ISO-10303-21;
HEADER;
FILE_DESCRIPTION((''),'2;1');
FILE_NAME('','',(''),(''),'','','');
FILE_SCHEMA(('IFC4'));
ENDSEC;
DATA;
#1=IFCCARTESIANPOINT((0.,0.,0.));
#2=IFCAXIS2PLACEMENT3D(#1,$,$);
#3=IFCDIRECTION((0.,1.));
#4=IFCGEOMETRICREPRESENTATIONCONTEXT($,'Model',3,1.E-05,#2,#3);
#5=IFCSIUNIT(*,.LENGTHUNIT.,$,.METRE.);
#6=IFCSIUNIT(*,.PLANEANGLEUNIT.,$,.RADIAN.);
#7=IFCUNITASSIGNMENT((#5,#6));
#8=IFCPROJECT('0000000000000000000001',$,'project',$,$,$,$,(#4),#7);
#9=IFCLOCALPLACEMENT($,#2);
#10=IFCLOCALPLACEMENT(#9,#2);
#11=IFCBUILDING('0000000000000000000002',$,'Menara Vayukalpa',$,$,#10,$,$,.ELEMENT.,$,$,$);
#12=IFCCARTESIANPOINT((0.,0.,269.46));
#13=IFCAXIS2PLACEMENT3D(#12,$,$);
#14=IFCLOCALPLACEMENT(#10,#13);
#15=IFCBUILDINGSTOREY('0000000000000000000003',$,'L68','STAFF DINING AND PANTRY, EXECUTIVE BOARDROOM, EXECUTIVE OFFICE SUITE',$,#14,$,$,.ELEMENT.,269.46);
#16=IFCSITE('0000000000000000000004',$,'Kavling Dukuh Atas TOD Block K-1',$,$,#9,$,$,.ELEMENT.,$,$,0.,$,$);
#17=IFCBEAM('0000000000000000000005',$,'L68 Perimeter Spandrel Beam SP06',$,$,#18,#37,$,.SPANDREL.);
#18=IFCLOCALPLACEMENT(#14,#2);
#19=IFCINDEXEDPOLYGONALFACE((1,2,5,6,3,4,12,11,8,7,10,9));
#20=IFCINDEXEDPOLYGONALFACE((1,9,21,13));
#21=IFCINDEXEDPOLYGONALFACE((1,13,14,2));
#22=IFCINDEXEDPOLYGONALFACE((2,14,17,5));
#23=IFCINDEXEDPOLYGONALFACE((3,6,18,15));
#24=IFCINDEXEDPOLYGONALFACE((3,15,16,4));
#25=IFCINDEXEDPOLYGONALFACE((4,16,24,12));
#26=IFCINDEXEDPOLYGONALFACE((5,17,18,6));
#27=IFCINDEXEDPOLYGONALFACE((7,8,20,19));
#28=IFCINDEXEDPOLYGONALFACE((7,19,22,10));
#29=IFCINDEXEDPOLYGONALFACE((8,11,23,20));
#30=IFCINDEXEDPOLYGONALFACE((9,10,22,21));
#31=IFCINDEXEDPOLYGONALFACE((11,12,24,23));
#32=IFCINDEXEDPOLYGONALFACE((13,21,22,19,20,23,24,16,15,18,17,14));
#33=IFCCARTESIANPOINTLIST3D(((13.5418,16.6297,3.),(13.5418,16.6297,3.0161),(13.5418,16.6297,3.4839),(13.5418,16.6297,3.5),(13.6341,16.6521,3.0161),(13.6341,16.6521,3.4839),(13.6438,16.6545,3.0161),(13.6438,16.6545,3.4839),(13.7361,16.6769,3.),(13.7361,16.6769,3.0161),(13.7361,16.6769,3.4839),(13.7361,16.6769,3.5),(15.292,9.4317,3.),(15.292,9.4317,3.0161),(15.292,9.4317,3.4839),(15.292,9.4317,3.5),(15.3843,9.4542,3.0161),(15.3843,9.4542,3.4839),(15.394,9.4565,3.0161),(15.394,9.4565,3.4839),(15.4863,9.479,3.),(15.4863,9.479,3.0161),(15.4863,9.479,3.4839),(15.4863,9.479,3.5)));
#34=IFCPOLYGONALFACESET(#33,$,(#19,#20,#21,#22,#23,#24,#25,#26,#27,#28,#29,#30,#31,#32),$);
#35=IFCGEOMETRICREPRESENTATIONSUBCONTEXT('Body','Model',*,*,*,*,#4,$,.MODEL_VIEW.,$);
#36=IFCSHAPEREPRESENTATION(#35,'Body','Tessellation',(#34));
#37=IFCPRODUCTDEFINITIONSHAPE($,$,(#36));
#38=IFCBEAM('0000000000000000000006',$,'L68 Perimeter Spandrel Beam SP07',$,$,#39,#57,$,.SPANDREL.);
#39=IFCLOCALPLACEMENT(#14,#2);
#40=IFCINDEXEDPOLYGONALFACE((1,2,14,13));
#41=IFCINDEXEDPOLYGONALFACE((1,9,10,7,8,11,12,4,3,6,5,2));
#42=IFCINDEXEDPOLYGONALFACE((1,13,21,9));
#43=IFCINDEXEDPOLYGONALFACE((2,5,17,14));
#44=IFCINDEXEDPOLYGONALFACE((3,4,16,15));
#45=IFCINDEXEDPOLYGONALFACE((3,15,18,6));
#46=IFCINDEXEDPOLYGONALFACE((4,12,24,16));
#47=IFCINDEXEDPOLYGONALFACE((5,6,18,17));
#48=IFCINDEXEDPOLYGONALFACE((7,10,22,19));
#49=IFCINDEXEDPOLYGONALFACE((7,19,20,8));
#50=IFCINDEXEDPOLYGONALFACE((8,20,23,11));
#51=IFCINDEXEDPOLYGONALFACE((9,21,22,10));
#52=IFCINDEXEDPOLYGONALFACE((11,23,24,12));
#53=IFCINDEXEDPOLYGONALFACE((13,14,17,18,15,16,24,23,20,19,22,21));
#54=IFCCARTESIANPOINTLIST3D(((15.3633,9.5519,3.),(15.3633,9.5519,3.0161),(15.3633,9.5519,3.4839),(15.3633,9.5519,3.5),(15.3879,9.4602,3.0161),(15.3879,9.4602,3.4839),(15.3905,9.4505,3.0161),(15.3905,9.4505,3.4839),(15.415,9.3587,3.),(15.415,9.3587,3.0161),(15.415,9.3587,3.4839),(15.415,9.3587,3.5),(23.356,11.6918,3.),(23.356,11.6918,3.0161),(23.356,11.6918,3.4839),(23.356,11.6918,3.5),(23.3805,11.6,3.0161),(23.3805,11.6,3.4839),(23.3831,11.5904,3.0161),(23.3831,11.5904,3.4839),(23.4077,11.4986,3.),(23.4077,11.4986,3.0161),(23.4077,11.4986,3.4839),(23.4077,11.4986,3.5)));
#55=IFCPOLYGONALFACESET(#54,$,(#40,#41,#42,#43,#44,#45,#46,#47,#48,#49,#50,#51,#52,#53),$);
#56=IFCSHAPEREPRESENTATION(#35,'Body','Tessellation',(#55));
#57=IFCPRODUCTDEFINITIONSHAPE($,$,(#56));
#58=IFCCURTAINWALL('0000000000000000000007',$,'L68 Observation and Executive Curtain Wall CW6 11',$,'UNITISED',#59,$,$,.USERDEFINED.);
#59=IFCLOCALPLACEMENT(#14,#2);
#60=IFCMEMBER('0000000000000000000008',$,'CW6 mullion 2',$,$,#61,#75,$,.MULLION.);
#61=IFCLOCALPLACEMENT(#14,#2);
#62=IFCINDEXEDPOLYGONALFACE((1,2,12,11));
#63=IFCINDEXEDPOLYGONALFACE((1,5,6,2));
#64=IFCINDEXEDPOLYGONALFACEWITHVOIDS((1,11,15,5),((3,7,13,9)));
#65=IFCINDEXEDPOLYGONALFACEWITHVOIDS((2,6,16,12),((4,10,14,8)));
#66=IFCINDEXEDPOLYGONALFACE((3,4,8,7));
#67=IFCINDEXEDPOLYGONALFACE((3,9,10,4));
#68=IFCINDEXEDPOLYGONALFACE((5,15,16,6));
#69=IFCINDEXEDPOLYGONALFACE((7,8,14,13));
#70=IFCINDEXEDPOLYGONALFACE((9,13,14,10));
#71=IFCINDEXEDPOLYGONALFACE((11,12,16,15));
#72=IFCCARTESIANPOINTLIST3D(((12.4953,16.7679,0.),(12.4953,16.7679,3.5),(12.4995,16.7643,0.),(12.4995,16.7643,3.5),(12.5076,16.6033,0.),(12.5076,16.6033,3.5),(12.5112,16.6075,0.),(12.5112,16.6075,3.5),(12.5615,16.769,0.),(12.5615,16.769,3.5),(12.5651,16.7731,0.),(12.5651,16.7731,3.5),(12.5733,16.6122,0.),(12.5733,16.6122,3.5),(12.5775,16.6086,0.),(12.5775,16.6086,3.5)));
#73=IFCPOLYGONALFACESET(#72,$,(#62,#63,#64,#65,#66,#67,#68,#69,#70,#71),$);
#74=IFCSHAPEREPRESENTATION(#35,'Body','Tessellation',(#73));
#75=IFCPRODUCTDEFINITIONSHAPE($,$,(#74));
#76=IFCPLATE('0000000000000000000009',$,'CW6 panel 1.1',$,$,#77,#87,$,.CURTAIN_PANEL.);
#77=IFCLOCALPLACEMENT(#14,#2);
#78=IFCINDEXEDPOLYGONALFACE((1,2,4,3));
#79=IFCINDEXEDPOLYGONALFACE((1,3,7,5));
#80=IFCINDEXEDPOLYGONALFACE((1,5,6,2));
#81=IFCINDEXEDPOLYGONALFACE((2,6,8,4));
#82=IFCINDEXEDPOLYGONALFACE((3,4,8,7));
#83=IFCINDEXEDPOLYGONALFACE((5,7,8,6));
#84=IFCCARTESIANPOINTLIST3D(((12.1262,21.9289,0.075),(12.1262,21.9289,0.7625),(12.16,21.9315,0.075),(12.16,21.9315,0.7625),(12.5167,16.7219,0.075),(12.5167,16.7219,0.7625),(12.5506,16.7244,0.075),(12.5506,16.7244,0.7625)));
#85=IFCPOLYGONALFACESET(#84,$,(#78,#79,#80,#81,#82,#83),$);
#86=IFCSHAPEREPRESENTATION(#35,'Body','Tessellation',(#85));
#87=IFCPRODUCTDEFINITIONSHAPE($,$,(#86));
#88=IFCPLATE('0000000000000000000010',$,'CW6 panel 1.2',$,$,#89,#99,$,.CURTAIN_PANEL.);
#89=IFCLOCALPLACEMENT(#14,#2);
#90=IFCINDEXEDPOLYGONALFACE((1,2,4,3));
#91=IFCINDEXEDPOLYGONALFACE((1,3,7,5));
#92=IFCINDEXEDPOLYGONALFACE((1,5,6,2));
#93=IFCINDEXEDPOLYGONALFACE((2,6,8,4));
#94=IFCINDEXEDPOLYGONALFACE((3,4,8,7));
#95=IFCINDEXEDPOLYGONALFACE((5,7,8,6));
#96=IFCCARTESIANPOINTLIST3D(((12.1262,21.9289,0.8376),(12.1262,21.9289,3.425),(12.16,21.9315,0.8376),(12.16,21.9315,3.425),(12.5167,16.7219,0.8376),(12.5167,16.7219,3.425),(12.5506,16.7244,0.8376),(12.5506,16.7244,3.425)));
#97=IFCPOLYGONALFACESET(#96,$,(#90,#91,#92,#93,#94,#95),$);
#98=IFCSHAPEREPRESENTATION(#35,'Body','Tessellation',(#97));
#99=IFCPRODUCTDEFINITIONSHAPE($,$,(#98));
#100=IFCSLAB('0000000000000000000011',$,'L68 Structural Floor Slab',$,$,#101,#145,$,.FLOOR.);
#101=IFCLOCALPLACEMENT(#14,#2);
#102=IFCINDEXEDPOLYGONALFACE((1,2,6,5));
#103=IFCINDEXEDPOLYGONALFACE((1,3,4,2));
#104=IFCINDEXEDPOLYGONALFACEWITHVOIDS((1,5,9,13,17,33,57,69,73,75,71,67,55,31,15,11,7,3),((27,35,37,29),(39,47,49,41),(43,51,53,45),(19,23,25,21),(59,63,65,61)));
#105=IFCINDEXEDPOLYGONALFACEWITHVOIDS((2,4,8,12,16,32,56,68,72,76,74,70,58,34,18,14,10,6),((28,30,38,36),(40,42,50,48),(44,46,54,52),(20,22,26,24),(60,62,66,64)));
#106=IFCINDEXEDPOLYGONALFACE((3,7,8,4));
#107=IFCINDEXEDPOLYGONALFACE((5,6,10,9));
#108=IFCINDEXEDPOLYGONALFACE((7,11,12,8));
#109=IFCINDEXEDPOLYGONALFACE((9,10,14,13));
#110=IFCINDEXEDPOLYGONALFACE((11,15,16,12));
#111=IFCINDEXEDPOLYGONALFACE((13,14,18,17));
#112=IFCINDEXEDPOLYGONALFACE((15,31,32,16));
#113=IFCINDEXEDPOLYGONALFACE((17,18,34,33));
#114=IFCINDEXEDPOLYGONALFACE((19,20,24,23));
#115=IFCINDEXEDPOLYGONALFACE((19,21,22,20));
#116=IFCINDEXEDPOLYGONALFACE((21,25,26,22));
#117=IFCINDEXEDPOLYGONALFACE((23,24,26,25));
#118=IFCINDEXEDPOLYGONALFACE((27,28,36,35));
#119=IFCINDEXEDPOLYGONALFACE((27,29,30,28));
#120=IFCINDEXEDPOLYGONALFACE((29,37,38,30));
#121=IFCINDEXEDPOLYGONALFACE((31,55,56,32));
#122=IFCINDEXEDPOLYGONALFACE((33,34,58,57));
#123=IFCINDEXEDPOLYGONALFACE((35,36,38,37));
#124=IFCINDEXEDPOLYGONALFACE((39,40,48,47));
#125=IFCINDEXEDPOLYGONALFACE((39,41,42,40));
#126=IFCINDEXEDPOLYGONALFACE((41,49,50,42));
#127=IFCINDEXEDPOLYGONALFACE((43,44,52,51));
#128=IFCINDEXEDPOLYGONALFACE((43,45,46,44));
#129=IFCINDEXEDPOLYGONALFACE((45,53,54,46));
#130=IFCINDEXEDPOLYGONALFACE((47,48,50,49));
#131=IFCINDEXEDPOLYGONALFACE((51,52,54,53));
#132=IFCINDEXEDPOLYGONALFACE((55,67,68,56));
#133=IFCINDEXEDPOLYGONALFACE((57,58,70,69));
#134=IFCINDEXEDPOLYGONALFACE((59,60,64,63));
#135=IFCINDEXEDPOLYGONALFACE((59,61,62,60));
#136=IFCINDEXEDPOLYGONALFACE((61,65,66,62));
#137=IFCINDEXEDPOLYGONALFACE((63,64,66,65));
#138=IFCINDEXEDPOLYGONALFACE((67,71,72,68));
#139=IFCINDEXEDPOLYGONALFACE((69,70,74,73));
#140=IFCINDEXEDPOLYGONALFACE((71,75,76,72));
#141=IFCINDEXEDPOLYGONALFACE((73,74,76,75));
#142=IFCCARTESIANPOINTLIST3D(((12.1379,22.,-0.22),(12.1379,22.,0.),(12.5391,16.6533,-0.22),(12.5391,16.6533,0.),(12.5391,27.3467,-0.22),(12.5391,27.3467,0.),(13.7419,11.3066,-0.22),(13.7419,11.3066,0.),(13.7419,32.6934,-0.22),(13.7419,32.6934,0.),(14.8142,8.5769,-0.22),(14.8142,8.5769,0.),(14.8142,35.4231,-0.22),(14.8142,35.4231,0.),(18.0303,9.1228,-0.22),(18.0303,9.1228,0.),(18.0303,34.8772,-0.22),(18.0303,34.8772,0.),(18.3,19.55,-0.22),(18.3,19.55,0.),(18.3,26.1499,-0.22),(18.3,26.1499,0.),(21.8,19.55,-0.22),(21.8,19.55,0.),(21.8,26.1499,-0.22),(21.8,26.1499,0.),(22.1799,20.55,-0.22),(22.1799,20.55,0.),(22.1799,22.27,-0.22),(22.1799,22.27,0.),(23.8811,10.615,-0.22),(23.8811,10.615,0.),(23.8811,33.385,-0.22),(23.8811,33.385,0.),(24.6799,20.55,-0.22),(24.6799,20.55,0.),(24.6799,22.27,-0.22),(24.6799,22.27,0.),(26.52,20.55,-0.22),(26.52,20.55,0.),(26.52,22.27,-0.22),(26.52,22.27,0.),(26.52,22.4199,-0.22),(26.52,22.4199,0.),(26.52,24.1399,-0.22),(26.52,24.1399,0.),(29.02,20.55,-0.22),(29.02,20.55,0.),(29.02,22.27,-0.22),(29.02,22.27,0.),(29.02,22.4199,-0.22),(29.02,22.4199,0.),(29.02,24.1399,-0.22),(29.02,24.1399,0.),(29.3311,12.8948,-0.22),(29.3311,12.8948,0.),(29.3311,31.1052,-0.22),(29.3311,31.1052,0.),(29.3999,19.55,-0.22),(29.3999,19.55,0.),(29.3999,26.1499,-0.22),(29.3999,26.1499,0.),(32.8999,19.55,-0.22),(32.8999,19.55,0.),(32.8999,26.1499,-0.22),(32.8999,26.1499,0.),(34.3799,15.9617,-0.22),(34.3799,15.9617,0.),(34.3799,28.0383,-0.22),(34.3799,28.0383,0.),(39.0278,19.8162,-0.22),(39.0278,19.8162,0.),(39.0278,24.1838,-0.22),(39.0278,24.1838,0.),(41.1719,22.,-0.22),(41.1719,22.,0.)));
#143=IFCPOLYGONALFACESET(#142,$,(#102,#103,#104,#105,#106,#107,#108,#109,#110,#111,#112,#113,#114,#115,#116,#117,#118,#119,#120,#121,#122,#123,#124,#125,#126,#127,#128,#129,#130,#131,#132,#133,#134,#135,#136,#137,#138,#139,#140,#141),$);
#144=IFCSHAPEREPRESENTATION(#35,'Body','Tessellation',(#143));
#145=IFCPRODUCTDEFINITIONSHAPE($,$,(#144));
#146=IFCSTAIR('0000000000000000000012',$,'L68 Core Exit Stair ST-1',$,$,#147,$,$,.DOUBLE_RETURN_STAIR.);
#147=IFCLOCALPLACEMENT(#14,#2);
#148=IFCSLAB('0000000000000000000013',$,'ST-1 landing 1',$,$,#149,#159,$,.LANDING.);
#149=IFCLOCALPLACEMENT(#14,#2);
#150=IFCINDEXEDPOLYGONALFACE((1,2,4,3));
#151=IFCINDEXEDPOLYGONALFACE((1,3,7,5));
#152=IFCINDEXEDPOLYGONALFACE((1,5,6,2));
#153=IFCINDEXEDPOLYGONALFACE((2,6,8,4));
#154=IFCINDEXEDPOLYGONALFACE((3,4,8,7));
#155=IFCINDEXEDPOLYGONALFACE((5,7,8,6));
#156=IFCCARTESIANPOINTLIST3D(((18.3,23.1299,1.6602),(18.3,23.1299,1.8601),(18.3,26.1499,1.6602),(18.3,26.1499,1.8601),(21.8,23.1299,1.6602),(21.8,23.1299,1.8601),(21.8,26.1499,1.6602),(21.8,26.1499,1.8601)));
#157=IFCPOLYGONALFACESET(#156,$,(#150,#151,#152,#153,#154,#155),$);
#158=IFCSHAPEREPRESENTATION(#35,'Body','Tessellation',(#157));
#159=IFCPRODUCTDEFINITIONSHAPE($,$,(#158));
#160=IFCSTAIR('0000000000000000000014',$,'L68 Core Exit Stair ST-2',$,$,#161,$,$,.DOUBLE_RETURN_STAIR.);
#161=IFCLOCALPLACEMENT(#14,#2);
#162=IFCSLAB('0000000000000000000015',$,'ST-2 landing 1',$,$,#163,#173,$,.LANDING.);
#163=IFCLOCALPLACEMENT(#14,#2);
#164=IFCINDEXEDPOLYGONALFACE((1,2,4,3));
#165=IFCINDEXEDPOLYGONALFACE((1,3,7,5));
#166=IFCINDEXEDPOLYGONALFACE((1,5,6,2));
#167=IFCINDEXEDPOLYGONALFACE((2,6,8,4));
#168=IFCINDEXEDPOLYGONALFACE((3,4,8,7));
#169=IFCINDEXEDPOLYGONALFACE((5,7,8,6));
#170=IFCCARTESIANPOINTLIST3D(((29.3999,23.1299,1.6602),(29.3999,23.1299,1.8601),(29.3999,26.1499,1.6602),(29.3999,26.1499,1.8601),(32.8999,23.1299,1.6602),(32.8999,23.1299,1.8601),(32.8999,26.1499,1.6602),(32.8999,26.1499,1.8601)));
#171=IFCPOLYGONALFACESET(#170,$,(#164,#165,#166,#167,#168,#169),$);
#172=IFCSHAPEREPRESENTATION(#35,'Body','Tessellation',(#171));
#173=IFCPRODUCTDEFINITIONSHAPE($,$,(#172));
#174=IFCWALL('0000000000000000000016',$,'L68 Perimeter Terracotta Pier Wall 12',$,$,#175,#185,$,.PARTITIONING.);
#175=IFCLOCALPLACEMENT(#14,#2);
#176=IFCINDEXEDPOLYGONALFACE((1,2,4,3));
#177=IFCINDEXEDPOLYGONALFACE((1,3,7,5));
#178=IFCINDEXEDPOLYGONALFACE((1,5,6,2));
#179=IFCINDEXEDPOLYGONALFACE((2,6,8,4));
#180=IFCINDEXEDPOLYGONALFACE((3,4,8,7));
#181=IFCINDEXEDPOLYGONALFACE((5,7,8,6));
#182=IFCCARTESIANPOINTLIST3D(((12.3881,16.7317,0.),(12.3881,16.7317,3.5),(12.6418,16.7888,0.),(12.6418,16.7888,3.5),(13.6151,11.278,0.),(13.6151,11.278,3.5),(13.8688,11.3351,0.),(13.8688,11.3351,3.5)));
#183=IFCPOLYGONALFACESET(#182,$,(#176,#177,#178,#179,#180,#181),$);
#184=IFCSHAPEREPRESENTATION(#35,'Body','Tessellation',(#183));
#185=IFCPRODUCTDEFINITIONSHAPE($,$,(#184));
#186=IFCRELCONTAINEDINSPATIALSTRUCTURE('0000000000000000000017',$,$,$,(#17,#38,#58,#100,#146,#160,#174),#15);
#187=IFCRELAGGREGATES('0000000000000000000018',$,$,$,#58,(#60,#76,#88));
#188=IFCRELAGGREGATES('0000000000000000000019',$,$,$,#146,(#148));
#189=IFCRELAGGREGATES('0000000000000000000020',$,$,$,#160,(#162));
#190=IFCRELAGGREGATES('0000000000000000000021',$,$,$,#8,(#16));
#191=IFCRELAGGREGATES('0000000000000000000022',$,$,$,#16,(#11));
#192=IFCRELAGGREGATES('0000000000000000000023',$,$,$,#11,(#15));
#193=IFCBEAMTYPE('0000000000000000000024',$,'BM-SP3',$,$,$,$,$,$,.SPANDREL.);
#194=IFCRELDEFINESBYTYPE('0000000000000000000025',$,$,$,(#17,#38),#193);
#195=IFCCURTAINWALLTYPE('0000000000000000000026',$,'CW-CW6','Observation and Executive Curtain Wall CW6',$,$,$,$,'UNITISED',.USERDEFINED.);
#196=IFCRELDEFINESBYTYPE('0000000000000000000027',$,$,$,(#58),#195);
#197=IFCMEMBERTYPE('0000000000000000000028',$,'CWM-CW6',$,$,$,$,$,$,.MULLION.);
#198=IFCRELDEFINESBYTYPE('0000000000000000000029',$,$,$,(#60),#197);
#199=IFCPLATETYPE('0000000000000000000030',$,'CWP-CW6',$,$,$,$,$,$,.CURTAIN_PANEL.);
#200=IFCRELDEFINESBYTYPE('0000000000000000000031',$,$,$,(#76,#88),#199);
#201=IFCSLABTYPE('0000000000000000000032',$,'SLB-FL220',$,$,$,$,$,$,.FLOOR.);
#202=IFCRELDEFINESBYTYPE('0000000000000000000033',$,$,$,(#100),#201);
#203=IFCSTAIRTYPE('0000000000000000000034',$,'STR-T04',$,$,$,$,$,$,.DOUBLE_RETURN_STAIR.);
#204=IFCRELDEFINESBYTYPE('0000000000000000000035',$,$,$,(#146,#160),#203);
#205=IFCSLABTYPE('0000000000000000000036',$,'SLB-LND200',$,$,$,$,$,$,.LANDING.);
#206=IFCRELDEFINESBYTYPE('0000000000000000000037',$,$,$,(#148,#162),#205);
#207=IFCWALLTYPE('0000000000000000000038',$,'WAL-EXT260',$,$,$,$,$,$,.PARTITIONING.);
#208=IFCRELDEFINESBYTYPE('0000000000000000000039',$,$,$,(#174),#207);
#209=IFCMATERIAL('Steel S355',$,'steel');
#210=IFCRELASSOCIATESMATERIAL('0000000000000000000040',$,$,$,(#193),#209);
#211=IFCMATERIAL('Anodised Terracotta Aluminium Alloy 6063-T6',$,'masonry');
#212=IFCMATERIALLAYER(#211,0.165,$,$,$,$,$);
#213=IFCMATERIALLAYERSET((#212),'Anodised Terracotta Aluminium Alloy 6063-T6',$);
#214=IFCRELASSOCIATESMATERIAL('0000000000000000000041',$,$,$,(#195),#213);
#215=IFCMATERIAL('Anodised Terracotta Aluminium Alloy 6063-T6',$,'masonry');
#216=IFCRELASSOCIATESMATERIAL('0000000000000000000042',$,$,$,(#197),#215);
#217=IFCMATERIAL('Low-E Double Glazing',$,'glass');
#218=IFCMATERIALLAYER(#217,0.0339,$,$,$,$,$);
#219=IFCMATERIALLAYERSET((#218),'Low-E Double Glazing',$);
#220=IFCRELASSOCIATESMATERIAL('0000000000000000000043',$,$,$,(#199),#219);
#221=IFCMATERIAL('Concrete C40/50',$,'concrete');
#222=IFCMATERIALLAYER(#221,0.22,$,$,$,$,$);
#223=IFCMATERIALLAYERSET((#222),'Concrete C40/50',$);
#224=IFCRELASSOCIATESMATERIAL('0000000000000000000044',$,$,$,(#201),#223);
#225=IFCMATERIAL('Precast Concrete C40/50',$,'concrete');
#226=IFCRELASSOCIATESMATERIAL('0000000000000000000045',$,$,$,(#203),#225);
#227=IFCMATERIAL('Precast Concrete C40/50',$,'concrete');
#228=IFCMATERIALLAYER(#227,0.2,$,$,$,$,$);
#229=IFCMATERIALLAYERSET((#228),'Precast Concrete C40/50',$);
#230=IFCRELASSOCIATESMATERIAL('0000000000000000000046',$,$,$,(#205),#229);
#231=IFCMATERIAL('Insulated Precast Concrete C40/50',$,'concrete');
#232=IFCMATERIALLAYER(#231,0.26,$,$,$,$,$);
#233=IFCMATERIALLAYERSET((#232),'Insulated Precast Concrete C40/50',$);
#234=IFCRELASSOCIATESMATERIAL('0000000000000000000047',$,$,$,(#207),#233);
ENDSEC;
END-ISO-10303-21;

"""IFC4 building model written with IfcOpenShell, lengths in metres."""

from ifc_helpers import new_model, si_unit, direction, frame, frame_2d, origin, origin_2d, place, context, subcontext, project, spatial, polyline, rectangle, hollow_rectangle, i_section, outline, extrude, material, layer, layer_set, material_profile, profile_set, type_object, element, aggregate, save


model = new_model("IFC4")

# Units and contexts
model_context = context("Model", 3, precision=1e-05, world=origin(), true_north=direction((0.0, 1.0)))
body_context = subcontext(model_context, "Body", "Model", "MODEL_VIEW")
ifc_project = project(units=[si_unit("LENGTHUNIT", "METRE"), si_unit("PLANEANGLEUNIT", "RADIAN")], contexts=[model_context])

# Site, building, storey
site_placement = place(None, origin())
site = spatial("IfcSite", under=ifc_project, at=site_placement, Name="Kavling Dukuh Atas TOD Block K-1", CompositionType="ELEMENT", RefElevation=0.0)
building_placement = place(site_placement, origin())
building = spatial("IfcBuilding", under=site, at=building_placement, Name="Menara Vayukalpa", CompositionType="ELEMENT")
storey_placement = place(building_placement, frame((0.0, 0.0, 269.46)))
storey = spatial("IfcBuildingStorey", under=building, at=storey_placement, Name="L68", Description="STAFF DINING AND PANTRY, EXECUTIVE BOARDROOM, EXECUTIVE OFFICE SUITE", CompositionType="ELEMENT", Elevation=269.46)

# Beams
ifc_material_1 = material(Name="Steel S355", Category="steel")
ifc_material_profile_1 = material_profile(ifc_material_1, i_section(OverallWidth=0.2, OverallDepth=0.5, WebThickness=0.01, FlangeThickness=0.0161, at=origin_2d()), Name="WF 500x200x10x16")
ifc_profile_set_1 = profile_set([ifc_material_profile_1], Name="Steel S355")
beam_type_1 = type_object("IfcBeamType", Name="BM-SP3", PredefinedType="SPANDREL", material=ifc_profile_set_1)
beam_1_placement = place(storey_placement, frame((13.6389, 16.6533, 3.25), z_axis=(0.236273, -0.971687, 0.0), x_axis=(0.971687, 0.236273, 0.0)))
element("IfcBeam", 1, at=beam_1_placement, inside=storey, type_object=beam_type_1, Name="L68 Perimeter Spandrel Beam SP06", PredefinedType="SPANDREL", context=body_context, shape_type="SweptSolid", body=[
    extrude(i_section(OverallWidth=0.2, OverallDepth=0.5, WebThickness=0.01, FlangeThickness=0.0161, at=origin_2d()), origin(), (0.0, 0.0, 1.0), 7.4077),
])
beam_2_placement = place(storey_placement, frame((15.3892, 9.4553, 3.25), z_axis=(0.965978, 0.258623, 0.0), x_axis=(-0.258623, 0.965978, 0.0)))
element("IfcBeam", 2, at=beam_2_placement, inside=storey, type_object=beam_type_1, Name="L68 Perimeter Spandrel Beam SP07", PredefinedType="SPANDREL", context=body_context, shape_type="SweptSolid", body=[
    extrude(i_section(OverallWidth=0.2, OverallDepth=0.5, WebThickness=0.01, FlangeThickness=0.0161, at=origin_2d()), origin(), (0.0, 0.0, 1.0), 8.2742),
])

# Curtain wall, member, plates
ifc_material_2 = material(Name="Anodised Terracotta Aluminium Alloy 6063-T6", Category="masonry")
ifc_layer_1 = layer(ifc_material_2, 0.165)
ifc_layer_set_1 = layer_set([ifc_layer_1], Name="Anodised Terracotta Aluminium Alloy 6063-T6")
curtain_wall_type = type_object("IfcCurtainWallType", Name="CW-CW6", Description="Observation and Executive Curtain Wall CW6", ElementType="UNITISED", PredefinedType="USERDEFINED", material=ifc_layer_set_1)
curtain_wall_placement = place(storey_placement, origin())
curtain_wall = element("IfcCurtainWall", 3, at=curtain_wall_placement, inside=storey, type_object=curtain_wall_type, Name="L68 Observation and Executive Curtain Wall CW6 11", ObjectType="UNITISED", PredefinedType="USERDEFINED")
ifc_material_3 = material(Name="Anodised Terracotta Aluminium Alloy 6063-T6", Category="masonry")
ifc_material_profile_2 = material_profile(ifc_material_3, hollow_rectangle(XDim=0.0701, YDim=0.165, WallThickness=0.0039, at=origin_2d()), Name="ALU 70x165x4")
ifc_profile_set_2 = profile_set([ifc_material_profile_2], Name="Anodised Terracotta Aluminium Alloy 6063-T6")
member_type = type_object("IfcMemberType", Name="CWM-CW6", PredefinedType="MULLION", material=ifc_profile_set_2)
member_placement = place(storey_placement, frame((12.5364, 16.6882, 0.0), z_axis=(0.0, 0.0, 1.0), x_axis=(0.997199, 0.074789, 0.0)))
member = element("IfcMember", 4, at=member_placement, type_object=member_type, Name="CW6 mullion 2", PredefinedType="MULLION", context=body_context, shape_type="SweptSolid", body=[
    extrude(hollow_rectangle(XDim=0.0701, YDim=0.165, WallThickness=0.0039, at=origin_2d()), origin(), (0.0, 0.0, 1.0), 3.5),
])
ifc_material_4 = material(Name="Low-E Double Glazing", Category="glass")
ifc_layer_2 = layer(ifc_material_4, 0.0339)
ifc_layer_set_2 = layer_set([ifc_layer_2], Name="Low-E Double Glazing")
plate_type = type_object("IfcPlateType", Name="CWP-CW6", PredefinedType="CURTAIN_PANEL", material=ifc_layer_set_2)
plate_1_placement = place(storey_placement, frame((12.3384, 19.3267, 0.075), z_axis=(0.0, 0.0, 1.0), x_axis=(0.074789, -0.997199, 0.0)))
plate_1 = element("IfcPlate", 5, at=plate_1_placement, type_object=plate_type, Name="CW6 panel 1.1", PredefinedType="CURTAIN_PANEL", context=body_context, shape_type="SweptSolid", body=[
    extrude(rectangle(XDim=5.2217, YDim=0.0339, at=origin_2d()), origin(), (0.0, 0.0, 1.0), 0.6875),
])
plate_2_placement = place(storey_placement, frame((12.3384, 19.3267, 0.8376), z_axis=(0.0, 0.0, 1.0), x_axis=(0.074789, -0.997199, 0.0)))
plate_2 = element("IfcPlate", 6, at=plate_2_placement, type_object=plate_type, Name="CW6 panel 1.2", PredefinedType="CURTAIN_PANEL", context=body_context, shape_type="SweptSolid", body=[
    extrude(rectangle(XDim=5.2217, YDim=0.0339, at=origin_2d()), origin(), (0.0, 0.0, 1.0), 2.5874),
])
aggregate(curtain_wall, [member, plate_1, plate_2])

# Slab
ifc_material_5 = material(Name="Concrete C40/50", Category="concrete")
ifc_layer_3 = layer(ifc_material_5, 0.22)
ifc_layer_set_3 = layer_set([ifc_layer_3], Name="Concrete C40/50")
slab_type_1 = type_object("IfcSlabType", Name="SLB-FL220", PredefinedType="FLOOR", material=ifc_layer_set_3)
slab_1_placement = place(storey_placement, frame((0.0, 0.0, -0.22)))
element("IfcSlab", 7, at=slab_1_placement, inside=storey, type_object=slab_type_1, Name="L68 Structural Floor Slab", PredefinedType="FLOOR", context=body_context, shape_type="SweptSolid", body=[
    extrude(outline(polyline([(39.0278, 19.8162), (41.1719, 22.0), (39.0278, 24.1838), (34.3799, 28.0383), (29.3311, 31.1052), (23.8811, 33.385), (18.0303, 34.8772), (14.8142, 35.4231), (13.7419, 32.6934), (12.5391, 27.3467), (12.1379, 22.0), (12.5391, 16.6533), (13.7419, 11.3066), (14.8142, 8.5769), (18.0303, 9.1228), (23.8811, 10.615), (29.3311, 12.8948), (34.3799, 15.9617), (39.0278, 19.8162)]), holes=[polyline([(21.8, 19.55), (21.8, 26.1499), (18.3, 26.1499), (18.3, 19.55), (21.8, 19.55)]), polyline([(32.8999, 19.55), (32.8999, 26.1499), (29.3999, 26.1499), (29.3999, 19.55), (32.8999, 19.55)]), polyline([(22.1799, 20.55), (24.6799, 20.55), (24.6799, 22.27), (22.1799, 22.27), (22.1799, 20.55)]), polyline([(26.52, 20.55), (29.02, 20.55), (29.02, 22.27), (26.52, 22.27), (26.52, 20.55)]), polyline([(26.52, 22.4199), (29.02, 22.4199), (29.02, 24.1399), (26.52, 24.1399), (26.52, 22.4199)])]), origin(), (0.0, 0.0, 1.0), 0.22),
])

# Stairs, slabs
ifc_material_6 = material(Name="Precast Concrete C40/50", Category="concrete")
stair_type = type_object("IfcStairType", Name="STR-T04", PredefinedType="DOUBLE_RETURN_STAIR", material=ifc_material_6)
stair_1_placement = place(storey_placement, origin())
stair_1 = element("IfcStair", 8, at=stair_1_placement, inside=storey, type_object=stair_type, Name="L68 Core Exit Stair ST-1", PredefinedType="DOUBLE_RETURN_STAIR")
ifc_material_7 = material(Name="Precast Concrete C40/50", Category="concrete")
ifc_layer_4 = layer(ifc_material_7, 0.2)
ifc_layer_set_4 = layer_set([ifc_layer_4], Name="Precast Concrete C40/50")
slab_type_2 = type_object("IfcSlabType", Name="SLB-LND200", PredefinedType="LANDING", material=ifc_layer_set_4)
slab_2_placement = place(storey_placement, frame((0.0, 0.0, 1.6602)))
slab_2 = element("IfcSlab", 9, at=slab_2_placement, type_object=slab_type_2, Name="ST-1 landing 1", PredefinedType="LANDING", context=body_context, shape_type="SweptSolid", body=[
    extrude(outline(polyline([(21.8, 23.1299), (21.8, 26.1499), (18.3, 26.1499), (18.3, 23.1299), (21.8, 23.1299)])), origin(), (0.0, 0.0, 1.0), 0.2),
])
aggregate(stair_1, [slab_2])
stair_2_placement = place(storey_placement, origin())
stair_2 = element("IfcStair", 10, at=stair_2_placement, inside=storey, type_object=stair_type, Name="L68 Core Exit Stair ST-2", PredefinedType="DOUBLE_RETURN_STAIR")
slab_3_placement = place(storey_placement, frame((0.0, 0.0, 1.6602)))
slab_3 = element("IfcSlab", 11, at=slab_3_placement, type_object=slab_type_2, Name="ST-2 landing 1", PredefinedType="LANDING", context=body_context, shape_type="SweptSolid", body=[
    extrude(outline(polyline([(32.8999, 23.1299), (32.8999, 26.1499), (29.3999, 26.1499), (29.3999, 23.1299), (32.8999, 23.1299)])), origin(), (0.0, 0.0, 1.0), 0.2),
])
aggregate(stair_2, [slab_3])

# Wall
ifc_material_8 = material(Name="Insulated Precast Concrete C40/50", Category="concrete")
ifc_layer_5 = layer(ifc_material_8, 0.26)
ifc_layer_set_5 = layer_set([ifc_layer_5], Name="Insulated Precast Concrete C40/50")
wall_type_1 = type_object("IfcWallType", Name="WAL-EXT260", PredefinedType="PARTITIONING", material=ifc_layer_set_5)
wall_1_placement = place(storey_placement, frame((13.7419, 11.3066, 0.0), z_axis=(0.0, 0.0, 1.0), x_axis=(-0.219501, 0.975612, 0.0)))
element("IfcWall", 12, at=wall_1_placement, inside=storey, type_object=wall_type_1, Name="L68 Perimeter Terracotta Pier Wall 12", PredefinedType="PARTITIONING", context=body_context, shape_type="SweptSolid", body=[
    extrude(rectangle(XDim=5.5901, YDim=0.26, at=frame_2d((2.7949, 0.0))), origin(), (0.0, 0.0, 1.0), 3.5),
])

save(model, "model.ifc")
